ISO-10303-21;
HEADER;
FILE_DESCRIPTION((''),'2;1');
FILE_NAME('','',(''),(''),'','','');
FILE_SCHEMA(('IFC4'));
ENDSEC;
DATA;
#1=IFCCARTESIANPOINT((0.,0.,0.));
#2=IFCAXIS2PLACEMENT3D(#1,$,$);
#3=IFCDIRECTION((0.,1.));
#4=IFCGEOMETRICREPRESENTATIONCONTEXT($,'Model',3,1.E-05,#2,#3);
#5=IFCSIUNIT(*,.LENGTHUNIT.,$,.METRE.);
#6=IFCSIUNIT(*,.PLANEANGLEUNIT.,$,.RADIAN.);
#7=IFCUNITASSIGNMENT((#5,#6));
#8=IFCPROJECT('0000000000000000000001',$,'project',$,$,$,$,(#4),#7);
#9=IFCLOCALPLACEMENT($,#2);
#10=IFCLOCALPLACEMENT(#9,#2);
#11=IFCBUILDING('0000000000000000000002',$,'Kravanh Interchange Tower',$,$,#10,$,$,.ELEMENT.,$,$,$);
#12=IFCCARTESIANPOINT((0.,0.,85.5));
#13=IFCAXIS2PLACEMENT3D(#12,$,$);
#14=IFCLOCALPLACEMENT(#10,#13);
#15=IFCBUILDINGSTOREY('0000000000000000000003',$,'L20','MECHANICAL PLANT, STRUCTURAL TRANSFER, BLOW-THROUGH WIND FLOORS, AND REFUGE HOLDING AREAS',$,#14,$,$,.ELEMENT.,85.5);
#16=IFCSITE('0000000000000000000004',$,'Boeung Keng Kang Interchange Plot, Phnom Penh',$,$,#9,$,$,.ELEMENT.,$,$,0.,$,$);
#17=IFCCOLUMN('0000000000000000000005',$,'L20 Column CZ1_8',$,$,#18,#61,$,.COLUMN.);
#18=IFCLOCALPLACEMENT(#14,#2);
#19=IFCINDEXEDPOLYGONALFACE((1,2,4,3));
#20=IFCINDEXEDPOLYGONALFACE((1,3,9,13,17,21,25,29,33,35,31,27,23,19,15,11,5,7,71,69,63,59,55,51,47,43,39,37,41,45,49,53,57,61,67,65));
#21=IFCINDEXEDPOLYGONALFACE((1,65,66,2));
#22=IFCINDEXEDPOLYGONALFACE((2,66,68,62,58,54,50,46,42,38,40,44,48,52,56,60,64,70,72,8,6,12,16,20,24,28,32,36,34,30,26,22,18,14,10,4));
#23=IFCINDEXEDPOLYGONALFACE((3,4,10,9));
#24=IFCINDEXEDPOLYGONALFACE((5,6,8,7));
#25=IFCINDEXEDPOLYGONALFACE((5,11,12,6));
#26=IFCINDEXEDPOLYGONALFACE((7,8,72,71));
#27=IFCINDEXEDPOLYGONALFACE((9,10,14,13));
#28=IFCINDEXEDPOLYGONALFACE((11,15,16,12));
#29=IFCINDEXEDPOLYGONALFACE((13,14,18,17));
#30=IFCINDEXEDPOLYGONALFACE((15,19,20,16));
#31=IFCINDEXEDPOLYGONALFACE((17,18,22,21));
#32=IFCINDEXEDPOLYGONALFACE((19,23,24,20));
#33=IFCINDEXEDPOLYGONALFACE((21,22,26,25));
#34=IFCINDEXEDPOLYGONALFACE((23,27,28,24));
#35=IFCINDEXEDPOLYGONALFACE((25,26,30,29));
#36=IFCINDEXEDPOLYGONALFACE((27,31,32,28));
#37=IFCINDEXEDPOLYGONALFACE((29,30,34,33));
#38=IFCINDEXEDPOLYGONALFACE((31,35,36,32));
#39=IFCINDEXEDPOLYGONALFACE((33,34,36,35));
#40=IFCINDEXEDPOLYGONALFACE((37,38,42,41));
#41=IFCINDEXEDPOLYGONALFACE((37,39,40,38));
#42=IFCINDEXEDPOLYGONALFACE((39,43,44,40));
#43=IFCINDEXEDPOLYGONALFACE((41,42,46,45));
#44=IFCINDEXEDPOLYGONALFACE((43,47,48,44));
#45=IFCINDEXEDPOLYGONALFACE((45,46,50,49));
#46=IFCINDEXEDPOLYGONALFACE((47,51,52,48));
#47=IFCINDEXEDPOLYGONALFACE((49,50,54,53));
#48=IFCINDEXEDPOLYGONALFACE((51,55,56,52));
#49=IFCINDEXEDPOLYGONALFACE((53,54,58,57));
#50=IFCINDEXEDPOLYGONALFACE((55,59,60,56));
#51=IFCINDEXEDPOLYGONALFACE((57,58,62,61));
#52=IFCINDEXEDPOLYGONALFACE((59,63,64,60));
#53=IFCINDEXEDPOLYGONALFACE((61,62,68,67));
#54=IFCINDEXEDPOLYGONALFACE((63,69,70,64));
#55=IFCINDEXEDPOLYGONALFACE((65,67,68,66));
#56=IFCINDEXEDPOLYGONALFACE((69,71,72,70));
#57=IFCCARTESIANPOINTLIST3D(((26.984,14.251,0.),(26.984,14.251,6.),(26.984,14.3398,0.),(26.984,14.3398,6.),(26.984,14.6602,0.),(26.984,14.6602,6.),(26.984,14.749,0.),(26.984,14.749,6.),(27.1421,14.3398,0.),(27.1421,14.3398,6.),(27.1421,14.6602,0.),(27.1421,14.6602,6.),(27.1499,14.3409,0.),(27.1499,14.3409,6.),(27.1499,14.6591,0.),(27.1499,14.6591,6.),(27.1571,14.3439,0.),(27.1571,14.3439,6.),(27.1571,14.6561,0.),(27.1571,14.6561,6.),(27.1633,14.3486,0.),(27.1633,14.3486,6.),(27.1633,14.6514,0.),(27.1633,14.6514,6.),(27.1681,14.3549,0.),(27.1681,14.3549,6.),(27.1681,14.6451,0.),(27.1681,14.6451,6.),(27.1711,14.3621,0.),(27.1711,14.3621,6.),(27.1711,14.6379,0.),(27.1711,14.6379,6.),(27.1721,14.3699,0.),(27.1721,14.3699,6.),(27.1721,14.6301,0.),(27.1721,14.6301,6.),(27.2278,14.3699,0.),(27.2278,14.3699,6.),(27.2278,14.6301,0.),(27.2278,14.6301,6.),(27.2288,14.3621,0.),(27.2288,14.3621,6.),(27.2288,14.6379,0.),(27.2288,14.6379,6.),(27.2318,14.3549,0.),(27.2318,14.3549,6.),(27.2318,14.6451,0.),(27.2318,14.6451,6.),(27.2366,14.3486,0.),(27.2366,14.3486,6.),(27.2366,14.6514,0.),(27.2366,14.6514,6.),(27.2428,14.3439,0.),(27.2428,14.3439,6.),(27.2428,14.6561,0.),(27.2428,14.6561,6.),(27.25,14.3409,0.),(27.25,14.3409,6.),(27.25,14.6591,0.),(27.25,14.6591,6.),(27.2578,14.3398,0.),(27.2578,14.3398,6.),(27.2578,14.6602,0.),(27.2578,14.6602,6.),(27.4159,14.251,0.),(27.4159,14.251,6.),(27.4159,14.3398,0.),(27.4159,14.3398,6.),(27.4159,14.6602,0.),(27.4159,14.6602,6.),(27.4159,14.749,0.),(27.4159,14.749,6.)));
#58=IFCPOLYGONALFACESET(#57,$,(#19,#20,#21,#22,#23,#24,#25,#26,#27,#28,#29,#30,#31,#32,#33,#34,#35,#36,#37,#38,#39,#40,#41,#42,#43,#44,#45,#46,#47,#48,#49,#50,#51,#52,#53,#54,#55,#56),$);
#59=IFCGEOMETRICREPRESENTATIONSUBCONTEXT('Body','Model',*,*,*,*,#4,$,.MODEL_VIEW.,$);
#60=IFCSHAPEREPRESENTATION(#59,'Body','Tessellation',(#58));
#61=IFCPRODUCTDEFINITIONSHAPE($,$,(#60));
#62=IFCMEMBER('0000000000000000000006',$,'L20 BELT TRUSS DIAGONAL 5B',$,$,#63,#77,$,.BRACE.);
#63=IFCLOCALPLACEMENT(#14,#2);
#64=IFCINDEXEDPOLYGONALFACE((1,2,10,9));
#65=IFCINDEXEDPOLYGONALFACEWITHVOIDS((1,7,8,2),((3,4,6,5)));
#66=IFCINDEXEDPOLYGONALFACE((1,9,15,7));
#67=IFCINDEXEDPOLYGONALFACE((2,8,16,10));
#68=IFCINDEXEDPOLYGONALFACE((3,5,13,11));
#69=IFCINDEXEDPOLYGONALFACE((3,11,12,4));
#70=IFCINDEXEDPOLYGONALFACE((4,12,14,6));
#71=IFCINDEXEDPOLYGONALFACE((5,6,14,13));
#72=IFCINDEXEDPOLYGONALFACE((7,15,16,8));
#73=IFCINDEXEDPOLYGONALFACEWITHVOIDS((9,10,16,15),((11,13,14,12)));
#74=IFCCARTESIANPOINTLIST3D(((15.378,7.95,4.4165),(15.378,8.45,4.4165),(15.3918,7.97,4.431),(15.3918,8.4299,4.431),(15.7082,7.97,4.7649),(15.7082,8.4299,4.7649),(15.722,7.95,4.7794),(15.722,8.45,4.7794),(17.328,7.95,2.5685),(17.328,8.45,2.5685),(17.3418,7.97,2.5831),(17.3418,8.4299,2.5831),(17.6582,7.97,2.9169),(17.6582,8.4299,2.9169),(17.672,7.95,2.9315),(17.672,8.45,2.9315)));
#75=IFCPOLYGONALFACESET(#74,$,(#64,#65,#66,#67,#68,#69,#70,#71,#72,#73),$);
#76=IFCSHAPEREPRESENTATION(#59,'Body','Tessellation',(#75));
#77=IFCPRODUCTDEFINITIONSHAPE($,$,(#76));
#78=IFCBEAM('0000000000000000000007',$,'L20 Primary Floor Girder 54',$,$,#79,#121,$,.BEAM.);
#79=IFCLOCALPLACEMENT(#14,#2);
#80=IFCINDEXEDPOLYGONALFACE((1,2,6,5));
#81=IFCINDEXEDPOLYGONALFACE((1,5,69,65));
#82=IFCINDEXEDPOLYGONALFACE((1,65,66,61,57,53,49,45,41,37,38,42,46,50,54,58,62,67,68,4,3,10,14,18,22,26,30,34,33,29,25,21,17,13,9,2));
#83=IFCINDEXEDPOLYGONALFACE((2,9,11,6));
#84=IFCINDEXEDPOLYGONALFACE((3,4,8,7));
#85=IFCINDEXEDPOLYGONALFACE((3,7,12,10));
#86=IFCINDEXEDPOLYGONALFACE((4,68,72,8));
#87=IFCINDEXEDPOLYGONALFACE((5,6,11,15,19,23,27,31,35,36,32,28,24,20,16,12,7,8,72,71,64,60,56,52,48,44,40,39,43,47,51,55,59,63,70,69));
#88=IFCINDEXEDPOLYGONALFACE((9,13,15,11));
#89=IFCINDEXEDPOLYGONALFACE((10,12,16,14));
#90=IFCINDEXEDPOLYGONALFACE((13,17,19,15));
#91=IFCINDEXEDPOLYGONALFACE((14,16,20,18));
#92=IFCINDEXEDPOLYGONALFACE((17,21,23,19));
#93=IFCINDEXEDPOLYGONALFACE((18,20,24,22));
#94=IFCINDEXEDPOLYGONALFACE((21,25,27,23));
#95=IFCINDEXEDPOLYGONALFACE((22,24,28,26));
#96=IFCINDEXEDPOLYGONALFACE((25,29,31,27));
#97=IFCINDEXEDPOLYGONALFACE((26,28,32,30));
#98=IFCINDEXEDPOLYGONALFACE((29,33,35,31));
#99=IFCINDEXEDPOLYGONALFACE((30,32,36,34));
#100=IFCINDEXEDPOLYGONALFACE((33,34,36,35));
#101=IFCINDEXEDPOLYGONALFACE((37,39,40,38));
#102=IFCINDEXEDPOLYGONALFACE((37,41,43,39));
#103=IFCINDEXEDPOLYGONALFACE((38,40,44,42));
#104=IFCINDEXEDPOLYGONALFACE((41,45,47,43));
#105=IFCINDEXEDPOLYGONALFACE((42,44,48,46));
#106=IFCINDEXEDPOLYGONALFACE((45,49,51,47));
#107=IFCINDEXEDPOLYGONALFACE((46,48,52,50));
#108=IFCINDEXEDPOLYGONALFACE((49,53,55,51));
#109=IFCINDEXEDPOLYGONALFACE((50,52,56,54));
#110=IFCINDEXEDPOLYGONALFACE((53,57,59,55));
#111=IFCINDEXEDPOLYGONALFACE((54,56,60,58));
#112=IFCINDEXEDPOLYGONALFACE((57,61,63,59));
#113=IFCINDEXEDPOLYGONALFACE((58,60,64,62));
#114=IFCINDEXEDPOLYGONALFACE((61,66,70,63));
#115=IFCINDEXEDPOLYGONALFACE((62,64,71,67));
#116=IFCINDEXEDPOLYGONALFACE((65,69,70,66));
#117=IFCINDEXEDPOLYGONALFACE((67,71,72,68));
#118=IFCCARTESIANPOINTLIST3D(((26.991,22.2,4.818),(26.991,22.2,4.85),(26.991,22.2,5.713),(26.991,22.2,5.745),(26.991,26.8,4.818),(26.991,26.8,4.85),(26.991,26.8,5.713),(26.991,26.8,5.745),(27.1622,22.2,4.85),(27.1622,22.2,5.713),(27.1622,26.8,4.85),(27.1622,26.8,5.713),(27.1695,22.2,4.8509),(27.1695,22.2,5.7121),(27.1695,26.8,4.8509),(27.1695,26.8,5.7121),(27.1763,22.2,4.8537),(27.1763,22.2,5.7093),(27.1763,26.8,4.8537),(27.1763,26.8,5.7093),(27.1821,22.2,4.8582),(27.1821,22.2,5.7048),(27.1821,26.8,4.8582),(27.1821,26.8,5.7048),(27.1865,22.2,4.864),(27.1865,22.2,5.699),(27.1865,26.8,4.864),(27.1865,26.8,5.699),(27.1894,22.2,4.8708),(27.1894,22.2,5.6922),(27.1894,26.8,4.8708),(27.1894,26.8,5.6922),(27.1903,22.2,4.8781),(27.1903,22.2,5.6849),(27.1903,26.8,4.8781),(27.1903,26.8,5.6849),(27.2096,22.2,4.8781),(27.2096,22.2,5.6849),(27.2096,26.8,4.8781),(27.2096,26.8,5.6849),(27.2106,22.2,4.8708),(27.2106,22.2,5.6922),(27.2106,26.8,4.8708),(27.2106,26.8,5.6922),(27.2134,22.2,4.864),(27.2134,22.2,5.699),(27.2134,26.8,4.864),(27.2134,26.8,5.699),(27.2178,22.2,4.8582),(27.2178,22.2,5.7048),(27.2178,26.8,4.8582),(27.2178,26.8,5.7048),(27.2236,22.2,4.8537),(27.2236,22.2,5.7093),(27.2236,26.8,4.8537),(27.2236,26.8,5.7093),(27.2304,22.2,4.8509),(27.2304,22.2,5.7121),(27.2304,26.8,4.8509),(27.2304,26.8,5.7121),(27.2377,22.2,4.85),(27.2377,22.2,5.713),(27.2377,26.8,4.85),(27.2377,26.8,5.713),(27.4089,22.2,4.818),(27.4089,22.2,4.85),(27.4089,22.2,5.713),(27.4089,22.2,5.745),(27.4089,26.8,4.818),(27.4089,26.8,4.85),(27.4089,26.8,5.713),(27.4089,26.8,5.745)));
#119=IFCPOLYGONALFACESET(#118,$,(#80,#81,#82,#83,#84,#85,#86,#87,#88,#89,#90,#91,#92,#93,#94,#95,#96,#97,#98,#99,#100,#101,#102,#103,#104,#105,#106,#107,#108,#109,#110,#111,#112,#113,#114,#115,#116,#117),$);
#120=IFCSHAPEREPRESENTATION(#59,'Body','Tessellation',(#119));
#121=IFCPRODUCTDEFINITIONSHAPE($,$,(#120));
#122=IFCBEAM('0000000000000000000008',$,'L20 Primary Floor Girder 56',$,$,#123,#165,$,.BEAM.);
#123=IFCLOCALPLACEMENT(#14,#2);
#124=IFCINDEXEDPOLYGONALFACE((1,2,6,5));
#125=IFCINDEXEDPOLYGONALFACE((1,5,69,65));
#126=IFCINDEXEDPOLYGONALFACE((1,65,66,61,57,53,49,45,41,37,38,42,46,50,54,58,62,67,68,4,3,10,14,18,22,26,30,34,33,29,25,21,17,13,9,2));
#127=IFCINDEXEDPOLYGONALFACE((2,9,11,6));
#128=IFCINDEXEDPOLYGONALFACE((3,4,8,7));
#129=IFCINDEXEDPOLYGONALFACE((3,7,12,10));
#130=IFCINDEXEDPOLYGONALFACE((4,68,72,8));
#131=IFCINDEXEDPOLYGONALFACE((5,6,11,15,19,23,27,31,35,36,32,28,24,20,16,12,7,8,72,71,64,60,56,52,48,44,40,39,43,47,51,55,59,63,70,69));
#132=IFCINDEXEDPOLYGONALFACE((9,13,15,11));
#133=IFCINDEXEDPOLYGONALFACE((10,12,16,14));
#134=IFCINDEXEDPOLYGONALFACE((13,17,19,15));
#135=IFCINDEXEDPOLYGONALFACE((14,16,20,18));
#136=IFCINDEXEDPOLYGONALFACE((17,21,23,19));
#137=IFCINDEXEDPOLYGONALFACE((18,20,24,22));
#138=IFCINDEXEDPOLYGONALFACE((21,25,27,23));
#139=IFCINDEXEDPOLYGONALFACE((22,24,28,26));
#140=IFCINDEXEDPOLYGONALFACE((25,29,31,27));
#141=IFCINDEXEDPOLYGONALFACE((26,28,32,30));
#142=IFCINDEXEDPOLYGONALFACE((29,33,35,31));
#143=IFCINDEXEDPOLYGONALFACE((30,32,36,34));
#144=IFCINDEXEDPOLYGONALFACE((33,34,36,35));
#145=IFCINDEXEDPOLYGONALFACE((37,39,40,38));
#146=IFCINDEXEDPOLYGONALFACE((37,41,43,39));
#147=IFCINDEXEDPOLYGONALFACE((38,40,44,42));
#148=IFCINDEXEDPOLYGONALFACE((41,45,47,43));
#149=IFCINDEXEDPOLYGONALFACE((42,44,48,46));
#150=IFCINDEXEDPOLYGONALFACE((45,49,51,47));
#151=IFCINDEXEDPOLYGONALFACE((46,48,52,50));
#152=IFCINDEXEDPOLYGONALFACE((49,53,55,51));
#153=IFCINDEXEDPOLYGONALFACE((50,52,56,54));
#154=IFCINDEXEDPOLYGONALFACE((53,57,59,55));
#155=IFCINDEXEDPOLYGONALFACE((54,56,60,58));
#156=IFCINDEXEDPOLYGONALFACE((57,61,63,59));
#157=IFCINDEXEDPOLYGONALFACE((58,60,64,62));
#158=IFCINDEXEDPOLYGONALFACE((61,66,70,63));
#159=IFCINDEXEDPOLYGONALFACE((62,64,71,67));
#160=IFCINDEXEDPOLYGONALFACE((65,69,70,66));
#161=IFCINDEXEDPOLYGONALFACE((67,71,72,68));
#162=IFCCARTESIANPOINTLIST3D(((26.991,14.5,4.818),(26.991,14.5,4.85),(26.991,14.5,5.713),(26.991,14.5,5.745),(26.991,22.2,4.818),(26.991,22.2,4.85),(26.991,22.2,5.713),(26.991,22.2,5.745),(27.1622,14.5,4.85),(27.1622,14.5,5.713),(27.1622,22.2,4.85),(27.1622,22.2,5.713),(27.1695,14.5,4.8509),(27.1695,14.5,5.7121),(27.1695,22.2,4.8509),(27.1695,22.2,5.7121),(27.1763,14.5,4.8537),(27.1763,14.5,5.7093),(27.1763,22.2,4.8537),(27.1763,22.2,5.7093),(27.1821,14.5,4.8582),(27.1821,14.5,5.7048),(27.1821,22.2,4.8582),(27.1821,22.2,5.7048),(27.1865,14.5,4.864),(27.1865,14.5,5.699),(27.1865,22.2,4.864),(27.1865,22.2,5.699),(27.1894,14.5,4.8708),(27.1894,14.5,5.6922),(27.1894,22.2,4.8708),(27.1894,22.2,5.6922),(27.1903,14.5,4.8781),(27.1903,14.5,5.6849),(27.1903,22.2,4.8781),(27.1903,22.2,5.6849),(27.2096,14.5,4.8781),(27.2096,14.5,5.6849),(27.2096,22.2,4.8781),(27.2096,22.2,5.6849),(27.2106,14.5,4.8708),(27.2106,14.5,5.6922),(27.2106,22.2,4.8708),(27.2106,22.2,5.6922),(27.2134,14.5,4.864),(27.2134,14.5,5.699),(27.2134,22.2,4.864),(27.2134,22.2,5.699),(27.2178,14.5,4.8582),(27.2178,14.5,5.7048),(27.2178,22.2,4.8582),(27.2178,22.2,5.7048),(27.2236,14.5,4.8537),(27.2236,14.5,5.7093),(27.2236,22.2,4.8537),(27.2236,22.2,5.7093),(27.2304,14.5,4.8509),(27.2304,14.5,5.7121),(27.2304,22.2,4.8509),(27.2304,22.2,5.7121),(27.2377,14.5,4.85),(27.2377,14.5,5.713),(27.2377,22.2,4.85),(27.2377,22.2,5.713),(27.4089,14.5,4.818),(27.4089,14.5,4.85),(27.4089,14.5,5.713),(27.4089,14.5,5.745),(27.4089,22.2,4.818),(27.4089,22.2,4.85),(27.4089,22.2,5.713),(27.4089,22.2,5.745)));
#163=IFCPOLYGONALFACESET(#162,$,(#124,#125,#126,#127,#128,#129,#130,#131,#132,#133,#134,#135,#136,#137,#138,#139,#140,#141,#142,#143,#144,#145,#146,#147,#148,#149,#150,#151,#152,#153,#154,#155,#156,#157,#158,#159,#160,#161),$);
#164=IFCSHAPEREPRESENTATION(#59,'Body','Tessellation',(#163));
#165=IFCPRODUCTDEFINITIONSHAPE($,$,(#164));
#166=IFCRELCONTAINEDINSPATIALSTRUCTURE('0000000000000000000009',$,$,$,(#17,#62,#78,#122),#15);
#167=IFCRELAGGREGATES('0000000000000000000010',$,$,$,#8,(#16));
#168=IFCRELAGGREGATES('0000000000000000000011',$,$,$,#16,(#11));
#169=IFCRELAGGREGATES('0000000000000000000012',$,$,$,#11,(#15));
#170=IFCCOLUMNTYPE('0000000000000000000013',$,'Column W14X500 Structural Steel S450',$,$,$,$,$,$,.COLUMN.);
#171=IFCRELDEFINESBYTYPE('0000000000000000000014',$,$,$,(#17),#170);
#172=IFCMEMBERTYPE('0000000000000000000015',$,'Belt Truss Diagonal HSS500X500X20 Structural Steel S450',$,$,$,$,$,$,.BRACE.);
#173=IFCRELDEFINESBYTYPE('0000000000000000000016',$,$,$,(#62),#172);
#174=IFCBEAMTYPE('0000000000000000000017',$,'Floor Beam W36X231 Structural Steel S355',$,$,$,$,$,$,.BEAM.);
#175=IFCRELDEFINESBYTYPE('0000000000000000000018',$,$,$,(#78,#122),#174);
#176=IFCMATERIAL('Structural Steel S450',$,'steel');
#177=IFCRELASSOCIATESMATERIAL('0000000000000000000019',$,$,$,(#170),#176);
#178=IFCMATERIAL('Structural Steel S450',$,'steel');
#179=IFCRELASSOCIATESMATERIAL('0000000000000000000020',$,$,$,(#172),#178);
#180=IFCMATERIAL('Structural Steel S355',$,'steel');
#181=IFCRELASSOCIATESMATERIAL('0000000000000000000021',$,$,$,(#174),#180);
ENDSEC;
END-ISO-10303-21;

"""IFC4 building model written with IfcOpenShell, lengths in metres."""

from ifc_helpers import new_model, si_unit, direction, frame, origin, origin_2d, place, context, subcontext, project, spatial, hollow_rectangle, i_section, extrude, material, material_profile, profile_set, type_object, element, save


model = new_model("IFC4")

# Units and contexts
model_context = context("Model", 3, precision=1e-05, world=origin(), true_north=direction((0.0, 1.0)))
body_context = subcontext(model_context, "Body", "Model", "MODEL_VIEW")
ifc_project = project(units=[si_unit("LENGTHUNIT", "METRE"), si_unit("PLANEANGLEUNIT", "RADIAN")], contexts=[model_context])

# Site, building, storey
site_placement = place(None, origin())
site = spatial("IfcSite", under=ifc_project, at=site_placement, Name="Boeung Keng Kang Interchange Plot, Phnom Penh", CompositionType="ELEMENT", RefElevation=0.0)
building_placement = place(site_placement, origin())
building = spatial("IfcBuilding", under=site, at=building_placement, Name="Kravanh Interchange Tower", CompositionType="ELEMENT")
storey_placement = place(building_placement, frame((0.0, 0.0, 85.5)))
storey = spatial("IfcBuildingStorey", under=building, at=storey_placement, Name="L20", Description="MECHANICAL PLANT, STRUCTURAL TRANSFER, BLOW-THROUGH WIND FLOORS, AND REFUGE HOLDING AREAS", CompositionType="ELEMENT", Elevation=85.5)

# Column
ifc_material_1 = material(Name="Structural Steel S450", Category="steel")
ifc_material_profile_1 = material_profile(ifc_material_1, i_section(OverallWidth=0.4319, OverallDepth=0.498, WebThickness=0.0557, FlangeThickness=0.0889, FilletRadius=0.03, at=origin_2d()), Name="W14X500")
ifc_profile_set_1 = profile_set([ifc_material_profile_1], Name="Structural Steel S450")
column_type = type_object("IfcColumnType", Name="Column W14X500 Structural Steel S450", PredefinedType="COLUMN", material=ifc_profile_set_1)
for number, where, z_axis, x_axis, name in (
    (1, (27.2, 14.5, 0.0), (0.0, 0.0, 1.0), (1.0, 0.0, 0.0), "L20 Column CZ1_8"),
):
    element("IfcColumn", number, at=place(storey_placement, frame(where, z_axis=z_axis, x_axis=x_axis)), inside=storey, type_object=column_type, Name=name, PredefinedType="COLUMN", context=body_context, shape_type="SweptSolid", body=[
        extrude(i_section(OverallWidth=0.4319, OverallDepth=0.498, WebThickness=0.0557, FlangeThickness=0.0889, FilletRadius=0.03, at=origin_2d()), origin(), (0.0, 0.0, 1.0), 6.0),
    ])

# Member
ifc_material_2 = material(Name="Structural Steel S450", Category="steel")
ifc_material_profile_2 = material_profile(ifc_material_2, hollow_rectangle(XDim=0.5, YDim=0.5, WallThickness=0.02, at=origin_2d()), Name="HSS500X500X20")
ifc_profile_set_2 = profile_set([ifc_material_profile_2], Name="Structural Steel S450")
member_type = type_object("IfcMemberType", Name="Belt Truss Diagonal HSS500X500X20 Structural Steel S450", PredefinedType="BRACE", material=ifc_profile_set_2)
member_placement = place(storey_placement, frame((17.5, 8.2, 2.75), z_axis=(-0.725845, 0.0, 0.687858), x_axis=(0.0, -1.0, 0.0)))
element("IfcMember", 2, at=member_placement, inside=storey, type_object=member_type, Name="L20 BELT TRUSS DIAGONAL 5B", PredefinedType="BRACE", context=body_context, shape_type="SweptSolid", body=[
    extrude(hollow_rectangle(XDim=0.5, YDim=0.5, WallThickness=0.02, at=origin_2d()), origin(), (0.0, 0.0, 1.0), 2.6865),
])

# Beams
ifc_material_3 = material(Name="Structural Steel S355", Category="steel")
ifc_material_profile_3 = material_profile(ifc_material_3, i_section(OverallWidth=0.418, OverallDepth=0.927, WebThickness=0.0193, FlangeThickness=0.032, FilletRadius=0.0281, at=origin_2d()), Name="W36X231")
ifc_profile_set_3 = profile_set([ifc_material_profile_3], Name="Structural Steel S355")
beam_type_1 = type_object("IfcBeamType", Name="Floor Beam W36X231 Structural Steel S355", PredefinedType="BEAM", material=ifc_profile_set_3)
beam_1_placement = place(storey_placement, frame((27.2, 22.2, 5.2815), z_axis=(0.0, 1.0, 0.0), x_axis=(-1.0, 0.0, 0.0)))
element("IfcBeam", 3, at=beam_1_placement, inside=storey, type_object=beam_type_1, Name="L20 Primary Floor Girder 54", PredefinedType="BEAM", context=body_context, shape_type="SweptSolid", body=[
    extrude(i_section(OverallWidth=0.418, OverallDepth=0.927, WebThickness=0.0193, FlangeThickness=0.032, FilletRadius=0.0281, at=origin_2d()), origin(), (0.0, 0.0, 1.0), 4.6001),
])
beam_2_placement = place(storey_placement, frame((27.2, 22.2, 5.2815), z_axis=(0.0, -1.0, 0.0), x_axis=(1.0, 0.0, 0.0)))
element("IfcBeam", 4, at=beam_2_placement, inside=storey, type_object=beam_type_1, Name="L20 Primary Floor Girder 56", PredefinedType="BEAM", context=body_context, shape_type="SweptSolid", body=[
    extrude(i_section(OverallWidth=0.418, OverallDepth=0.927, WebThickness=0.0193, FlangeThickness=0.032, FilletRadius=0.0281, at=origin_2d()), origin(), (0.0, 0.0, 1.0), 7.7),
])

save(model, "model.ifc")
